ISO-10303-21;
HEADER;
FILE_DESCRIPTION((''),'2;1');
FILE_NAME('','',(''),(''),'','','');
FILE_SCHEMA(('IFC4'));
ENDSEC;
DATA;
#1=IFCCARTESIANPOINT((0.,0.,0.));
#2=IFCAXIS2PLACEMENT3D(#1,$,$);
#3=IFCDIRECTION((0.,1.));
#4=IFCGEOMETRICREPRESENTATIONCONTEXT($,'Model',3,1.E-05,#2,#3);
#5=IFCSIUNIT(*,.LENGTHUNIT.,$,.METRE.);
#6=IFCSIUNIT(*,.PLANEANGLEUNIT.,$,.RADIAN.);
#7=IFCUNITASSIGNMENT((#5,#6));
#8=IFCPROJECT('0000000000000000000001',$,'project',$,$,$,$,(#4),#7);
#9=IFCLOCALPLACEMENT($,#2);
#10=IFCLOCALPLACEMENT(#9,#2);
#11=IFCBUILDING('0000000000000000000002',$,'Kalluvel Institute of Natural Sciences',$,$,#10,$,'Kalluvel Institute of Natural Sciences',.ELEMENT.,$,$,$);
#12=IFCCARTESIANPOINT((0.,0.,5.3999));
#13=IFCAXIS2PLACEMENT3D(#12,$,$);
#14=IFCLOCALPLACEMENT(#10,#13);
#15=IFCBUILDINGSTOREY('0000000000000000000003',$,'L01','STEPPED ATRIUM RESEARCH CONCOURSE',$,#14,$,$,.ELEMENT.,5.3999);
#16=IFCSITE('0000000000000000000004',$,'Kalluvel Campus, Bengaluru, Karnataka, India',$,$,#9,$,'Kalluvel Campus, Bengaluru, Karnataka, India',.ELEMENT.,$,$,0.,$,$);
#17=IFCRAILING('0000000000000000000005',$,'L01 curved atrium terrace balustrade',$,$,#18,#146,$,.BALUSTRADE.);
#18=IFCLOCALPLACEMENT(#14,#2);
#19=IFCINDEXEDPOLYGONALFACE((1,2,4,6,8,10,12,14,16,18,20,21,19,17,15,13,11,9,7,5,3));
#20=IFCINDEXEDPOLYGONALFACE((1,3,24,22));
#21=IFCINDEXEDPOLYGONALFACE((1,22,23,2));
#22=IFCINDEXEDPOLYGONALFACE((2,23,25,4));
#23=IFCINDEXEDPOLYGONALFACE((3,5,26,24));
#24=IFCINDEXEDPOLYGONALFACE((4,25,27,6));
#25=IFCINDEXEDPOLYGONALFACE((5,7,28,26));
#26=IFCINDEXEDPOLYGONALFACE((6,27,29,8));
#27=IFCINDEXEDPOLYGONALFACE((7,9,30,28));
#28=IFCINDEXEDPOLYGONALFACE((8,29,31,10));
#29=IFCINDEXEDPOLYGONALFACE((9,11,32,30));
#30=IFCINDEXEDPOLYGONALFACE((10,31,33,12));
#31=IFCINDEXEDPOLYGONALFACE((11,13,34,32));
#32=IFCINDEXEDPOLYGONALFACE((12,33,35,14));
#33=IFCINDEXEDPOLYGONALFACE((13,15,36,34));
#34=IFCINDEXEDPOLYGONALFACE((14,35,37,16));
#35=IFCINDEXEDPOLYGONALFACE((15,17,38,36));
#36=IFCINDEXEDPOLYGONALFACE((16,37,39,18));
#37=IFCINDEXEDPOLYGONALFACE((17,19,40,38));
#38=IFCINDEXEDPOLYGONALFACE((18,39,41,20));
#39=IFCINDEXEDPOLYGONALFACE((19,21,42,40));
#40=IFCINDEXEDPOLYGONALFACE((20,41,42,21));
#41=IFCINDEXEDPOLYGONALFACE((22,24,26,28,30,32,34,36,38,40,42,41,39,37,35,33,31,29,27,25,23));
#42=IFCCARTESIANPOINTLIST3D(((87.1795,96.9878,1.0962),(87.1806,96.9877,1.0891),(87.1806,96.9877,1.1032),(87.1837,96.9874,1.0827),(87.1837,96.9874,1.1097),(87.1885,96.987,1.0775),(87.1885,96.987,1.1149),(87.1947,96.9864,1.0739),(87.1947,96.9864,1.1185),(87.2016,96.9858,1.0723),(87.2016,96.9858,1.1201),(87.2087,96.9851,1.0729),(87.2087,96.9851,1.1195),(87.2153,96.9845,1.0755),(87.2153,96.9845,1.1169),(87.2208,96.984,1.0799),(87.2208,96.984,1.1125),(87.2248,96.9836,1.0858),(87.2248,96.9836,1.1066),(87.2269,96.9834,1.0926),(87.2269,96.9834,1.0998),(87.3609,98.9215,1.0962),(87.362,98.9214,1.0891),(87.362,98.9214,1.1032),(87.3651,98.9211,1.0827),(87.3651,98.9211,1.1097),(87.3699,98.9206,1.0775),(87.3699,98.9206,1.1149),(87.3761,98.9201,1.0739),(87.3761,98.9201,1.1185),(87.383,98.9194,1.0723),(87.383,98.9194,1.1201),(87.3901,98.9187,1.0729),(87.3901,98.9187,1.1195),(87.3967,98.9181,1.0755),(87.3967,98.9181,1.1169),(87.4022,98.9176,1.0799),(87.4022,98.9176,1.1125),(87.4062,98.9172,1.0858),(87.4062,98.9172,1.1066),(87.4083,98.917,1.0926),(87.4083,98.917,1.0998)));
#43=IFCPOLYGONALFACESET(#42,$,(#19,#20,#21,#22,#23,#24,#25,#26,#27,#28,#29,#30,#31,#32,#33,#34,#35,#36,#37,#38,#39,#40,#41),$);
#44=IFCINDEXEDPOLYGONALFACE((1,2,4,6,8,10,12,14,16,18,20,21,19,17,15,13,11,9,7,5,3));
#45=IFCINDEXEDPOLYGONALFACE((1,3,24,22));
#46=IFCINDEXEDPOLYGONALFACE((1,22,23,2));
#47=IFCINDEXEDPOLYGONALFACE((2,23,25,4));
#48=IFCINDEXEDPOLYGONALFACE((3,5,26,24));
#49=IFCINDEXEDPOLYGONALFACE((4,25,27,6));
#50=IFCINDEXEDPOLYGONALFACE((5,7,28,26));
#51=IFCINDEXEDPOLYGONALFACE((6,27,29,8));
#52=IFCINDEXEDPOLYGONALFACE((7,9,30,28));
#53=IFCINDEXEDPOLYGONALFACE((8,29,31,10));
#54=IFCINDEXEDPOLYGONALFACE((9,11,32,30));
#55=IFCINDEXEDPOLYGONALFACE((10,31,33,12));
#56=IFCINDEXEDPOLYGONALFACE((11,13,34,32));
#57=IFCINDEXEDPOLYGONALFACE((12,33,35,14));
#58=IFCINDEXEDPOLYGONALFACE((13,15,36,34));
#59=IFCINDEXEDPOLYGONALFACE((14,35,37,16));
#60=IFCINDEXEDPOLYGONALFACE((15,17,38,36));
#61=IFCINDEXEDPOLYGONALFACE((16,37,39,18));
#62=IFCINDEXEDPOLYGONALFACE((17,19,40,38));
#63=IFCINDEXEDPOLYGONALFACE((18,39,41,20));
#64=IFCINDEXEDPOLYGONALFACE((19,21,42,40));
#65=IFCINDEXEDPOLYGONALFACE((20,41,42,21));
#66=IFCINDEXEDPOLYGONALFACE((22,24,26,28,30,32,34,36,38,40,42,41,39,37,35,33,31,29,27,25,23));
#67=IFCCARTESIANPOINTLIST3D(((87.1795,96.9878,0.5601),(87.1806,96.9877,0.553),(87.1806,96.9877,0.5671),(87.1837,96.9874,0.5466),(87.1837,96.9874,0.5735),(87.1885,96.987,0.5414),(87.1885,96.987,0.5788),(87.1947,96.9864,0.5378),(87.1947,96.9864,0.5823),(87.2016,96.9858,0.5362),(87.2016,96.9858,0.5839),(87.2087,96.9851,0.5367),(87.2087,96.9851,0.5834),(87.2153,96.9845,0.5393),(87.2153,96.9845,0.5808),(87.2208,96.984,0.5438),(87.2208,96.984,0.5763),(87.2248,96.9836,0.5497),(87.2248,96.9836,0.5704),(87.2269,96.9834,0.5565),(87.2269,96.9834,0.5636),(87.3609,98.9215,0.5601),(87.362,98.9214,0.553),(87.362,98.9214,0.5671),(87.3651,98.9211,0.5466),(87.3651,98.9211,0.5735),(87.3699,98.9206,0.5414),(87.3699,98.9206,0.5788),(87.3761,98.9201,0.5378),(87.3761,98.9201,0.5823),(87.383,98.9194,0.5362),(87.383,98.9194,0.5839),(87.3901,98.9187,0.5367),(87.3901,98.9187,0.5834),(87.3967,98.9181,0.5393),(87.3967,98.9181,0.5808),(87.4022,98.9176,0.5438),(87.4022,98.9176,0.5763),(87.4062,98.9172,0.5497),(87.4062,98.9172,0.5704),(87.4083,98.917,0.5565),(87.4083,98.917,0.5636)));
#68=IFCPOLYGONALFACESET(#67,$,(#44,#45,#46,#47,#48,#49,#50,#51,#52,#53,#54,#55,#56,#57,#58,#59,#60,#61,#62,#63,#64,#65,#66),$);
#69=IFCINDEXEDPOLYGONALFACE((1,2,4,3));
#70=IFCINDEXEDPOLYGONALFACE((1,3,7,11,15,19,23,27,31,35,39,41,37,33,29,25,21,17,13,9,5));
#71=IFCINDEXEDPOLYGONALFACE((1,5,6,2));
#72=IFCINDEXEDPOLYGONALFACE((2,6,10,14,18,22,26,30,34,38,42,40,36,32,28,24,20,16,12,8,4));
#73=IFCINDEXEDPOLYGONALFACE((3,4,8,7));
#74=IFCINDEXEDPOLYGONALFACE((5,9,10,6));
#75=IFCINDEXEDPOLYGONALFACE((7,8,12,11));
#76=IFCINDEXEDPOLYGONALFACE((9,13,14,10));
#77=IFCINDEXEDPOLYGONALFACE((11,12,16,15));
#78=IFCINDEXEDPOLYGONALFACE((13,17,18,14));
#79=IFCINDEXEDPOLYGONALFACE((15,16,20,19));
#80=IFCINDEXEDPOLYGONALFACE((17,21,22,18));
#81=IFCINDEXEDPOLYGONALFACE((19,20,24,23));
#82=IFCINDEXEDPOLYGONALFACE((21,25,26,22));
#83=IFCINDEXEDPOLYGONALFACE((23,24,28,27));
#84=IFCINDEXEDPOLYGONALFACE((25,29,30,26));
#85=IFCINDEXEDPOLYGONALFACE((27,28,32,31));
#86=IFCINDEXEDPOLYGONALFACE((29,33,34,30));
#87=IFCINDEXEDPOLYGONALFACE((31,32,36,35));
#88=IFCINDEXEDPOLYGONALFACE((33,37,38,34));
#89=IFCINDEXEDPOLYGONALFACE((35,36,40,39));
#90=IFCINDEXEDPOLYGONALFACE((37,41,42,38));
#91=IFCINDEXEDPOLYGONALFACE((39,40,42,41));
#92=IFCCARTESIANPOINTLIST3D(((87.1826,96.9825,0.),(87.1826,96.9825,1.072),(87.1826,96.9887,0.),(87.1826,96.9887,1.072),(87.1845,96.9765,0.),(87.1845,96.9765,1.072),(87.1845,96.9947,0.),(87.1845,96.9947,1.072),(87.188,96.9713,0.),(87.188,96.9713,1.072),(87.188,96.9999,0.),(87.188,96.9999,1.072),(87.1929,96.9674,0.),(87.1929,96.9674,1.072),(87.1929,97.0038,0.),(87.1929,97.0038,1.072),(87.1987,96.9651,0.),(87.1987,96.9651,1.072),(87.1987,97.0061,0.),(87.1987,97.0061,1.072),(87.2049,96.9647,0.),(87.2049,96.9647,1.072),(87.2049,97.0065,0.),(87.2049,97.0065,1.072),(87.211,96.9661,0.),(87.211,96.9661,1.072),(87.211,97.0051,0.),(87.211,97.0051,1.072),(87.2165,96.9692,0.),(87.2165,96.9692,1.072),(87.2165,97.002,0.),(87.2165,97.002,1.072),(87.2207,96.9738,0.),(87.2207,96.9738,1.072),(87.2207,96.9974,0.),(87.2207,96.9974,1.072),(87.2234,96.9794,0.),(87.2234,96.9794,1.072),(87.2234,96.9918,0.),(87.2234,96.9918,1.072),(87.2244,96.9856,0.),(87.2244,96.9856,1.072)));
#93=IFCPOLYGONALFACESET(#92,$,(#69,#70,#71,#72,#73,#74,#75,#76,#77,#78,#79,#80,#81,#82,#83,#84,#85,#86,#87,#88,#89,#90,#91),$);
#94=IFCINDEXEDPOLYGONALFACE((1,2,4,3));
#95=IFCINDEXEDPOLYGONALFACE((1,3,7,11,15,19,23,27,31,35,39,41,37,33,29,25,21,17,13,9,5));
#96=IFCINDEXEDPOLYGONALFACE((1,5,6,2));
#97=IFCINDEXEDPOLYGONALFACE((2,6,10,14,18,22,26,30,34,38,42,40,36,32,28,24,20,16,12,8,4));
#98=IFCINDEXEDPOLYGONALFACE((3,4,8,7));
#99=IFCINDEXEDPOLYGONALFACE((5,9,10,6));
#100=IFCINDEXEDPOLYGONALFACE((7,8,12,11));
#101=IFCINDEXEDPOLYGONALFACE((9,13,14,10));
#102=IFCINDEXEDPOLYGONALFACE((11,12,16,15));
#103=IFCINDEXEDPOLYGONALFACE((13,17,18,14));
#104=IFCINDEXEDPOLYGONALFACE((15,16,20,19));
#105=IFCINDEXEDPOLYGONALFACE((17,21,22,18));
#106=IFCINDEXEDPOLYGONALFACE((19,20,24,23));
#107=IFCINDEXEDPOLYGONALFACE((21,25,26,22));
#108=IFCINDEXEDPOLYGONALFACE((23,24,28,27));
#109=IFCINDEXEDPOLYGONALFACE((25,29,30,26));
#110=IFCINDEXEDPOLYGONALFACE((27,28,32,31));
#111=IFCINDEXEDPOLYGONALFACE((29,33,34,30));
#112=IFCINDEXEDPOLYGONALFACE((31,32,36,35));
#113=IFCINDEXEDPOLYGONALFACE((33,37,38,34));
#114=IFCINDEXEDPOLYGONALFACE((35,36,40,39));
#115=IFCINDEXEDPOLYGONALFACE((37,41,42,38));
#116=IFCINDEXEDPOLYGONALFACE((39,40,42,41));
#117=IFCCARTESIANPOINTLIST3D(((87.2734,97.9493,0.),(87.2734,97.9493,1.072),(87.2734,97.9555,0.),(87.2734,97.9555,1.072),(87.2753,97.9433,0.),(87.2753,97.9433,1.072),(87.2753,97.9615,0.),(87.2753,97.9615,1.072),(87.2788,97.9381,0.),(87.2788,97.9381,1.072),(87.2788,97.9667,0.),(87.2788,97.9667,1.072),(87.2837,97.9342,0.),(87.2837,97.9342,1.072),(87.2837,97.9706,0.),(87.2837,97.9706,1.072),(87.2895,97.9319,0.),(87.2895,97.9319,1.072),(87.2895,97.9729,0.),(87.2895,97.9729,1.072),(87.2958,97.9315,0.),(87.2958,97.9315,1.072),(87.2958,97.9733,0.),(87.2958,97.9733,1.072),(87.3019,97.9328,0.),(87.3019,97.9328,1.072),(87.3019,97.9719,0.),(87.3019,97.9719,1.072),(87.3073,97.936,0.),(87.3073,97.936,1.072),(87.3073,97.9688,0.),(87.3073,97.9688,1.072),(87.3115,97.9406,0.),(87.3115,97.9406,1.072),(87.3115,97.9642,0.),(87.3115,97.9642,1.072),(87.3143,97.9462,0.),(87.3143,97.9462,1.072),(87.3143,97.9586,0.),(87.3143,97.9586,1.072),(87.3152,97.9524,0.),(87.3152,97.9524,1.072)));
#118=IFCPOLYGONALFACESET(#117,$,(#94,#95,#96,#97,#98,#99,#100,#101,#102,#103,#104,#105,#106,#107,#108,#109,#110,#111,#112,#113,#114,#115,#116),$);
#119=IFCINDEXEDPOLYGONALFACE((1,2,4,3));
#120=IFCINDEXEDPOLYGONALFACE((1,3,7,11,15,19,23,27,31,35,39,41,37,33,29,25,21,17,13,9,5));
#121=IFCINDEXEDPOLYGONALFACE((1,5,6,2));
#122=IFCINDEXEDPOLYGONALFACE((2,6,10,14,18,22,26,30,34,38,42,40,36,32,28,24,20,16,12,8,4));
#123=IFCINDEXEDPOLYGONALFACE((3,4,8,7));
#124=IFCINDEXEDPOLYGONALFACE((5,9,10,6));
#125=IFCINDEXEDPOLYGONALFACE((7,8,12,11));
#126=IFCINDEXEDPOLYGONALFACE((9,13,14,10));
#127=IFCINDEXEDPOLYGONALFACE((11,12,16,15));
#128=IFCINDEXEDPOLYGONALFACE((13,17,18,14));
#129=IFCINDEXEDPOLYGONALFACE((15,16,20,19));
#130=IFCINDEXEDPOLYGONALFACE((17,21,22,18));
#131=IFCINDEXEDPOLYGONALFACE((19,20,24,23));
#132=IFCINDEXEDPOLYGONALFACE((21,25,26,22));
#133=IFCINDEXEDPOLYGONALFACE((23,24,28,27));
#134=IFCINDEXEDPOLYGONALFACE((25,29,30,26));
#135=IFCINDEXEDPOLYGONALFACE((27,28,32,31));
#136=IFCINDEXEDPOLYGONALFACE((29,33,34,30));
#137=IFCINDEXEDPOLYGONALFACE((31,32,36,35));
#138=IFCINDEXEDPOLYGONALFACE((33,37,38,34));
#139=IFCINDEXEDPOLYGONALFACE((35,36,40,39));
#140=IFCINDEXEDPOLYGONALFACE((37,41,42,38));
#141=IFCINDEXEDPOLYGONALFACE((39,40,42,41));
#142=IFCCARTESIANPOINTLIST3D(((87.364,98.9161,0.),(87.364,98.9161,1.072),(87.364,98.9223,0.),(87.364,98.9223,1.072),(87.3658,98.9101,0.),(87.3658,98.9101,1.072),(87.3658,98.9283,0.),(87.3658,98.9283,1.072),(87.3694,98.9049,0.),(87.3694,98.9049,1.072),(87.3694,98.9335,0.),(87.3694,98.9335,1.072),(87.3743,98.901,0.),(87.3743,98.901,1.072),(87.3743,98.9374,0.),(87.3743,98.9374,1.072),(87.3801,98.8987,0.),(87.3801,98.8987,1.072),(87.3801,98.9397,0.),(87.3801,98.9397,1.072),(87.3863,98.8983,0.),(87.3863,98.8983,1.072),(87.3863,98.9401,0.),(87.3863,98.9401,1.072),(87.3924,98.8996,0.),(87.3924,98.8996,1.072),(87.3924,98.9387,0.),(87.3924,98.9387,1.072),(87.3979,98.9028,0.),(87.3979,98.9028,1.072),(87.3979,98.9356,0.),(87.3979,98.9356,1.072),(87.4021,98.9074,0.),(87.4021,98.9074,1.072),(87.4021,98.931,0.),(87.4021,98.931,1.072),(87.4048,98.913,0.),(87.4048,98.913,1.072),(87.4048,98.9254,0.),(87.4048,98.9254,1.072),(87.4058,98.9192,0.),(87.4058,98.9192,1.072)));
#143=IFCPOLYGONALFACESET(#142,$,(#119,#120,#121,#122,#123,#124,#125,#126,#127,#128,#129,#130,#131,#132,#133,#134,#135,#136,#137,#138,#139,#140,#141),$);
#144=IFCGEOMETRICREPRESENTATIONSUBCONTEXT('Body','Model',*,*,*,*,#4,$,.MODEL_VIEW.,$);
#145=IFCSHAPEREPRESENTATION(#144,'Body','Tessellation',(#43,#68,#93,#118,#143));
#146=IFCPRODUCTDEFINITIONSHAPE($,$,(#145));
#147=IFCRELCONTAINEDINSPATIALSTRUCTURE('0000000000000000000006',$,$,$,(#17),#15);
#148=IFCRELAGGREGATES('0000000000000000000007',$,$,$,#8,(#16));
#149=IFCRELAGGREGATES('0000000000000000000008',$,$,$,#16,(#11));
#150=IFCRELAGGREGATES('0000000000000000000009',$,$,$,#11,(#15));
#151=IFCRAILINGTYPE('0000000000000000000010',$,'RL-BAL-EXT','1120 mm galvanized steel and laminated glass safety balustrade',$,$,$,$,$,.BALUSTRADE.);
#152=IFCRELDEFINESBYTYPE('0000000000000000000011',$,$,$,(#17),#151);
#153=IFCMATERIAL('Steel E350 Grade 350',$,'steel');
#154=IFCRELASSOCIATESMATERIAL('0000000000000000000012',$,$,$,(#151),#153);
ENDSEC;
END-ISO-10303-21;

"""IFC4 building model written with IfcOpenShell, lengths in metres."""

from ifc_helpers import new_model, si_unit, direction, frame, origin, origin_2d, place, context, subcontext, project, spatial, circle, extrude, material, type_object, element, save


model = new_model("IFC4")

# Units and contexts
model_context = context("Model", 3, precision=1e-05, world=origin(), true_north=direction((0.0, 1.0)))
body_context = subcontext(model_context, "Body", "Model", "MODEL_VIEW")
ifc_project = project(units=[si_unit("LENGTHUNIT", "METRE"), si_unit("PLANEANGLEUNIT", "RADIAN")], contexts=[model_context])

# Site, building, storey
site_placement = place(None, origin())
site = spatial("IfcSite", under=ifc_project, at=site_placement, Name="Kalluvel Campus, Bengaluru, Karnataka, India", LongName="Kalluvel Campus, Bengaluru, Karnataka, India", CompositionType="ELEMENT", RefElevation=0.0)
building_placement = place(site_placement, origin())
building = spatial("IfcBuilding", under=site, at=building_placement, Name="Kalluvel Institute of Natural Sciences", LongName="Kalluvel Institute of Natural Sciences", CompositionType="ELEMENT")
storey_placement = place(building_placement, frame((0.0, 0.0, 5.3999)))
storey = spatial("IfcBuildingStorey", under=building, at=storey_placement, Name="L01", Description="STEPPED ATRIUM RESEARCH CONCOURSE", CompositionType="ELEMENT", Elevation=5.3999)

# Railing
ifc_material_1 = material(Name="Steel E350 Grade 350", Category="steel")
railing_type = type_object("IfcRailingType", Name="RL-BAL-EXT", Description="1120 mm galvanized steel and laminated glass safety balustrade", PredefinedType="BALUSTRADE", material=ifc_material_1)
railing_1_placement = place(storey_placement, frame((87.2034, 96.9856, 0.0)))
element("IfcRailing", 1, at=railing_1_placement, inside=storey, type_object=railing_type, Name="L01 curved atrium terrace balustrade", PredefinedType="BALUSTRADE", context=body_context, shape_type="SweptSolid", body=[
    extrude(circle(Radius=0.0239, at=origin_2d()), frame((0.0, 0.0, 1.0962), z_axis=(0.093403, 0.995628, 0.0), x_axis=(-0.995628, 0.093403, 0.0)), (0.0, 0.0, 1.0), 1.9421),
    extrude(circle(Radius=0.0239, at=origin_2d()), frame((0.0, 0.0, 0.5601), z_axis=(0.093403, 0.995628, 0.0), x_axis=(-0.995628, 0.093403, 0.0)), (0.0, 0.0, 1.0), 1.9421),
    extrude(circle(Radius=0.021, at=origin_2d()), origin(), (0.0, 0.0, 1.0), 1.072),
    extrude(circle(Radius=0.021, at=origin_2d()), frame((0.0908, 0.9668, 0.0)), (0.0, 0.0, 1.0), 1.072),
    extrude(circle(Radius=0.021, at=origin_2d()), frame((0.1814, 1.9336, 0.0)), (0.0, 0.0, 1.0), 1.072),
])

save(model, "model.ifc")
